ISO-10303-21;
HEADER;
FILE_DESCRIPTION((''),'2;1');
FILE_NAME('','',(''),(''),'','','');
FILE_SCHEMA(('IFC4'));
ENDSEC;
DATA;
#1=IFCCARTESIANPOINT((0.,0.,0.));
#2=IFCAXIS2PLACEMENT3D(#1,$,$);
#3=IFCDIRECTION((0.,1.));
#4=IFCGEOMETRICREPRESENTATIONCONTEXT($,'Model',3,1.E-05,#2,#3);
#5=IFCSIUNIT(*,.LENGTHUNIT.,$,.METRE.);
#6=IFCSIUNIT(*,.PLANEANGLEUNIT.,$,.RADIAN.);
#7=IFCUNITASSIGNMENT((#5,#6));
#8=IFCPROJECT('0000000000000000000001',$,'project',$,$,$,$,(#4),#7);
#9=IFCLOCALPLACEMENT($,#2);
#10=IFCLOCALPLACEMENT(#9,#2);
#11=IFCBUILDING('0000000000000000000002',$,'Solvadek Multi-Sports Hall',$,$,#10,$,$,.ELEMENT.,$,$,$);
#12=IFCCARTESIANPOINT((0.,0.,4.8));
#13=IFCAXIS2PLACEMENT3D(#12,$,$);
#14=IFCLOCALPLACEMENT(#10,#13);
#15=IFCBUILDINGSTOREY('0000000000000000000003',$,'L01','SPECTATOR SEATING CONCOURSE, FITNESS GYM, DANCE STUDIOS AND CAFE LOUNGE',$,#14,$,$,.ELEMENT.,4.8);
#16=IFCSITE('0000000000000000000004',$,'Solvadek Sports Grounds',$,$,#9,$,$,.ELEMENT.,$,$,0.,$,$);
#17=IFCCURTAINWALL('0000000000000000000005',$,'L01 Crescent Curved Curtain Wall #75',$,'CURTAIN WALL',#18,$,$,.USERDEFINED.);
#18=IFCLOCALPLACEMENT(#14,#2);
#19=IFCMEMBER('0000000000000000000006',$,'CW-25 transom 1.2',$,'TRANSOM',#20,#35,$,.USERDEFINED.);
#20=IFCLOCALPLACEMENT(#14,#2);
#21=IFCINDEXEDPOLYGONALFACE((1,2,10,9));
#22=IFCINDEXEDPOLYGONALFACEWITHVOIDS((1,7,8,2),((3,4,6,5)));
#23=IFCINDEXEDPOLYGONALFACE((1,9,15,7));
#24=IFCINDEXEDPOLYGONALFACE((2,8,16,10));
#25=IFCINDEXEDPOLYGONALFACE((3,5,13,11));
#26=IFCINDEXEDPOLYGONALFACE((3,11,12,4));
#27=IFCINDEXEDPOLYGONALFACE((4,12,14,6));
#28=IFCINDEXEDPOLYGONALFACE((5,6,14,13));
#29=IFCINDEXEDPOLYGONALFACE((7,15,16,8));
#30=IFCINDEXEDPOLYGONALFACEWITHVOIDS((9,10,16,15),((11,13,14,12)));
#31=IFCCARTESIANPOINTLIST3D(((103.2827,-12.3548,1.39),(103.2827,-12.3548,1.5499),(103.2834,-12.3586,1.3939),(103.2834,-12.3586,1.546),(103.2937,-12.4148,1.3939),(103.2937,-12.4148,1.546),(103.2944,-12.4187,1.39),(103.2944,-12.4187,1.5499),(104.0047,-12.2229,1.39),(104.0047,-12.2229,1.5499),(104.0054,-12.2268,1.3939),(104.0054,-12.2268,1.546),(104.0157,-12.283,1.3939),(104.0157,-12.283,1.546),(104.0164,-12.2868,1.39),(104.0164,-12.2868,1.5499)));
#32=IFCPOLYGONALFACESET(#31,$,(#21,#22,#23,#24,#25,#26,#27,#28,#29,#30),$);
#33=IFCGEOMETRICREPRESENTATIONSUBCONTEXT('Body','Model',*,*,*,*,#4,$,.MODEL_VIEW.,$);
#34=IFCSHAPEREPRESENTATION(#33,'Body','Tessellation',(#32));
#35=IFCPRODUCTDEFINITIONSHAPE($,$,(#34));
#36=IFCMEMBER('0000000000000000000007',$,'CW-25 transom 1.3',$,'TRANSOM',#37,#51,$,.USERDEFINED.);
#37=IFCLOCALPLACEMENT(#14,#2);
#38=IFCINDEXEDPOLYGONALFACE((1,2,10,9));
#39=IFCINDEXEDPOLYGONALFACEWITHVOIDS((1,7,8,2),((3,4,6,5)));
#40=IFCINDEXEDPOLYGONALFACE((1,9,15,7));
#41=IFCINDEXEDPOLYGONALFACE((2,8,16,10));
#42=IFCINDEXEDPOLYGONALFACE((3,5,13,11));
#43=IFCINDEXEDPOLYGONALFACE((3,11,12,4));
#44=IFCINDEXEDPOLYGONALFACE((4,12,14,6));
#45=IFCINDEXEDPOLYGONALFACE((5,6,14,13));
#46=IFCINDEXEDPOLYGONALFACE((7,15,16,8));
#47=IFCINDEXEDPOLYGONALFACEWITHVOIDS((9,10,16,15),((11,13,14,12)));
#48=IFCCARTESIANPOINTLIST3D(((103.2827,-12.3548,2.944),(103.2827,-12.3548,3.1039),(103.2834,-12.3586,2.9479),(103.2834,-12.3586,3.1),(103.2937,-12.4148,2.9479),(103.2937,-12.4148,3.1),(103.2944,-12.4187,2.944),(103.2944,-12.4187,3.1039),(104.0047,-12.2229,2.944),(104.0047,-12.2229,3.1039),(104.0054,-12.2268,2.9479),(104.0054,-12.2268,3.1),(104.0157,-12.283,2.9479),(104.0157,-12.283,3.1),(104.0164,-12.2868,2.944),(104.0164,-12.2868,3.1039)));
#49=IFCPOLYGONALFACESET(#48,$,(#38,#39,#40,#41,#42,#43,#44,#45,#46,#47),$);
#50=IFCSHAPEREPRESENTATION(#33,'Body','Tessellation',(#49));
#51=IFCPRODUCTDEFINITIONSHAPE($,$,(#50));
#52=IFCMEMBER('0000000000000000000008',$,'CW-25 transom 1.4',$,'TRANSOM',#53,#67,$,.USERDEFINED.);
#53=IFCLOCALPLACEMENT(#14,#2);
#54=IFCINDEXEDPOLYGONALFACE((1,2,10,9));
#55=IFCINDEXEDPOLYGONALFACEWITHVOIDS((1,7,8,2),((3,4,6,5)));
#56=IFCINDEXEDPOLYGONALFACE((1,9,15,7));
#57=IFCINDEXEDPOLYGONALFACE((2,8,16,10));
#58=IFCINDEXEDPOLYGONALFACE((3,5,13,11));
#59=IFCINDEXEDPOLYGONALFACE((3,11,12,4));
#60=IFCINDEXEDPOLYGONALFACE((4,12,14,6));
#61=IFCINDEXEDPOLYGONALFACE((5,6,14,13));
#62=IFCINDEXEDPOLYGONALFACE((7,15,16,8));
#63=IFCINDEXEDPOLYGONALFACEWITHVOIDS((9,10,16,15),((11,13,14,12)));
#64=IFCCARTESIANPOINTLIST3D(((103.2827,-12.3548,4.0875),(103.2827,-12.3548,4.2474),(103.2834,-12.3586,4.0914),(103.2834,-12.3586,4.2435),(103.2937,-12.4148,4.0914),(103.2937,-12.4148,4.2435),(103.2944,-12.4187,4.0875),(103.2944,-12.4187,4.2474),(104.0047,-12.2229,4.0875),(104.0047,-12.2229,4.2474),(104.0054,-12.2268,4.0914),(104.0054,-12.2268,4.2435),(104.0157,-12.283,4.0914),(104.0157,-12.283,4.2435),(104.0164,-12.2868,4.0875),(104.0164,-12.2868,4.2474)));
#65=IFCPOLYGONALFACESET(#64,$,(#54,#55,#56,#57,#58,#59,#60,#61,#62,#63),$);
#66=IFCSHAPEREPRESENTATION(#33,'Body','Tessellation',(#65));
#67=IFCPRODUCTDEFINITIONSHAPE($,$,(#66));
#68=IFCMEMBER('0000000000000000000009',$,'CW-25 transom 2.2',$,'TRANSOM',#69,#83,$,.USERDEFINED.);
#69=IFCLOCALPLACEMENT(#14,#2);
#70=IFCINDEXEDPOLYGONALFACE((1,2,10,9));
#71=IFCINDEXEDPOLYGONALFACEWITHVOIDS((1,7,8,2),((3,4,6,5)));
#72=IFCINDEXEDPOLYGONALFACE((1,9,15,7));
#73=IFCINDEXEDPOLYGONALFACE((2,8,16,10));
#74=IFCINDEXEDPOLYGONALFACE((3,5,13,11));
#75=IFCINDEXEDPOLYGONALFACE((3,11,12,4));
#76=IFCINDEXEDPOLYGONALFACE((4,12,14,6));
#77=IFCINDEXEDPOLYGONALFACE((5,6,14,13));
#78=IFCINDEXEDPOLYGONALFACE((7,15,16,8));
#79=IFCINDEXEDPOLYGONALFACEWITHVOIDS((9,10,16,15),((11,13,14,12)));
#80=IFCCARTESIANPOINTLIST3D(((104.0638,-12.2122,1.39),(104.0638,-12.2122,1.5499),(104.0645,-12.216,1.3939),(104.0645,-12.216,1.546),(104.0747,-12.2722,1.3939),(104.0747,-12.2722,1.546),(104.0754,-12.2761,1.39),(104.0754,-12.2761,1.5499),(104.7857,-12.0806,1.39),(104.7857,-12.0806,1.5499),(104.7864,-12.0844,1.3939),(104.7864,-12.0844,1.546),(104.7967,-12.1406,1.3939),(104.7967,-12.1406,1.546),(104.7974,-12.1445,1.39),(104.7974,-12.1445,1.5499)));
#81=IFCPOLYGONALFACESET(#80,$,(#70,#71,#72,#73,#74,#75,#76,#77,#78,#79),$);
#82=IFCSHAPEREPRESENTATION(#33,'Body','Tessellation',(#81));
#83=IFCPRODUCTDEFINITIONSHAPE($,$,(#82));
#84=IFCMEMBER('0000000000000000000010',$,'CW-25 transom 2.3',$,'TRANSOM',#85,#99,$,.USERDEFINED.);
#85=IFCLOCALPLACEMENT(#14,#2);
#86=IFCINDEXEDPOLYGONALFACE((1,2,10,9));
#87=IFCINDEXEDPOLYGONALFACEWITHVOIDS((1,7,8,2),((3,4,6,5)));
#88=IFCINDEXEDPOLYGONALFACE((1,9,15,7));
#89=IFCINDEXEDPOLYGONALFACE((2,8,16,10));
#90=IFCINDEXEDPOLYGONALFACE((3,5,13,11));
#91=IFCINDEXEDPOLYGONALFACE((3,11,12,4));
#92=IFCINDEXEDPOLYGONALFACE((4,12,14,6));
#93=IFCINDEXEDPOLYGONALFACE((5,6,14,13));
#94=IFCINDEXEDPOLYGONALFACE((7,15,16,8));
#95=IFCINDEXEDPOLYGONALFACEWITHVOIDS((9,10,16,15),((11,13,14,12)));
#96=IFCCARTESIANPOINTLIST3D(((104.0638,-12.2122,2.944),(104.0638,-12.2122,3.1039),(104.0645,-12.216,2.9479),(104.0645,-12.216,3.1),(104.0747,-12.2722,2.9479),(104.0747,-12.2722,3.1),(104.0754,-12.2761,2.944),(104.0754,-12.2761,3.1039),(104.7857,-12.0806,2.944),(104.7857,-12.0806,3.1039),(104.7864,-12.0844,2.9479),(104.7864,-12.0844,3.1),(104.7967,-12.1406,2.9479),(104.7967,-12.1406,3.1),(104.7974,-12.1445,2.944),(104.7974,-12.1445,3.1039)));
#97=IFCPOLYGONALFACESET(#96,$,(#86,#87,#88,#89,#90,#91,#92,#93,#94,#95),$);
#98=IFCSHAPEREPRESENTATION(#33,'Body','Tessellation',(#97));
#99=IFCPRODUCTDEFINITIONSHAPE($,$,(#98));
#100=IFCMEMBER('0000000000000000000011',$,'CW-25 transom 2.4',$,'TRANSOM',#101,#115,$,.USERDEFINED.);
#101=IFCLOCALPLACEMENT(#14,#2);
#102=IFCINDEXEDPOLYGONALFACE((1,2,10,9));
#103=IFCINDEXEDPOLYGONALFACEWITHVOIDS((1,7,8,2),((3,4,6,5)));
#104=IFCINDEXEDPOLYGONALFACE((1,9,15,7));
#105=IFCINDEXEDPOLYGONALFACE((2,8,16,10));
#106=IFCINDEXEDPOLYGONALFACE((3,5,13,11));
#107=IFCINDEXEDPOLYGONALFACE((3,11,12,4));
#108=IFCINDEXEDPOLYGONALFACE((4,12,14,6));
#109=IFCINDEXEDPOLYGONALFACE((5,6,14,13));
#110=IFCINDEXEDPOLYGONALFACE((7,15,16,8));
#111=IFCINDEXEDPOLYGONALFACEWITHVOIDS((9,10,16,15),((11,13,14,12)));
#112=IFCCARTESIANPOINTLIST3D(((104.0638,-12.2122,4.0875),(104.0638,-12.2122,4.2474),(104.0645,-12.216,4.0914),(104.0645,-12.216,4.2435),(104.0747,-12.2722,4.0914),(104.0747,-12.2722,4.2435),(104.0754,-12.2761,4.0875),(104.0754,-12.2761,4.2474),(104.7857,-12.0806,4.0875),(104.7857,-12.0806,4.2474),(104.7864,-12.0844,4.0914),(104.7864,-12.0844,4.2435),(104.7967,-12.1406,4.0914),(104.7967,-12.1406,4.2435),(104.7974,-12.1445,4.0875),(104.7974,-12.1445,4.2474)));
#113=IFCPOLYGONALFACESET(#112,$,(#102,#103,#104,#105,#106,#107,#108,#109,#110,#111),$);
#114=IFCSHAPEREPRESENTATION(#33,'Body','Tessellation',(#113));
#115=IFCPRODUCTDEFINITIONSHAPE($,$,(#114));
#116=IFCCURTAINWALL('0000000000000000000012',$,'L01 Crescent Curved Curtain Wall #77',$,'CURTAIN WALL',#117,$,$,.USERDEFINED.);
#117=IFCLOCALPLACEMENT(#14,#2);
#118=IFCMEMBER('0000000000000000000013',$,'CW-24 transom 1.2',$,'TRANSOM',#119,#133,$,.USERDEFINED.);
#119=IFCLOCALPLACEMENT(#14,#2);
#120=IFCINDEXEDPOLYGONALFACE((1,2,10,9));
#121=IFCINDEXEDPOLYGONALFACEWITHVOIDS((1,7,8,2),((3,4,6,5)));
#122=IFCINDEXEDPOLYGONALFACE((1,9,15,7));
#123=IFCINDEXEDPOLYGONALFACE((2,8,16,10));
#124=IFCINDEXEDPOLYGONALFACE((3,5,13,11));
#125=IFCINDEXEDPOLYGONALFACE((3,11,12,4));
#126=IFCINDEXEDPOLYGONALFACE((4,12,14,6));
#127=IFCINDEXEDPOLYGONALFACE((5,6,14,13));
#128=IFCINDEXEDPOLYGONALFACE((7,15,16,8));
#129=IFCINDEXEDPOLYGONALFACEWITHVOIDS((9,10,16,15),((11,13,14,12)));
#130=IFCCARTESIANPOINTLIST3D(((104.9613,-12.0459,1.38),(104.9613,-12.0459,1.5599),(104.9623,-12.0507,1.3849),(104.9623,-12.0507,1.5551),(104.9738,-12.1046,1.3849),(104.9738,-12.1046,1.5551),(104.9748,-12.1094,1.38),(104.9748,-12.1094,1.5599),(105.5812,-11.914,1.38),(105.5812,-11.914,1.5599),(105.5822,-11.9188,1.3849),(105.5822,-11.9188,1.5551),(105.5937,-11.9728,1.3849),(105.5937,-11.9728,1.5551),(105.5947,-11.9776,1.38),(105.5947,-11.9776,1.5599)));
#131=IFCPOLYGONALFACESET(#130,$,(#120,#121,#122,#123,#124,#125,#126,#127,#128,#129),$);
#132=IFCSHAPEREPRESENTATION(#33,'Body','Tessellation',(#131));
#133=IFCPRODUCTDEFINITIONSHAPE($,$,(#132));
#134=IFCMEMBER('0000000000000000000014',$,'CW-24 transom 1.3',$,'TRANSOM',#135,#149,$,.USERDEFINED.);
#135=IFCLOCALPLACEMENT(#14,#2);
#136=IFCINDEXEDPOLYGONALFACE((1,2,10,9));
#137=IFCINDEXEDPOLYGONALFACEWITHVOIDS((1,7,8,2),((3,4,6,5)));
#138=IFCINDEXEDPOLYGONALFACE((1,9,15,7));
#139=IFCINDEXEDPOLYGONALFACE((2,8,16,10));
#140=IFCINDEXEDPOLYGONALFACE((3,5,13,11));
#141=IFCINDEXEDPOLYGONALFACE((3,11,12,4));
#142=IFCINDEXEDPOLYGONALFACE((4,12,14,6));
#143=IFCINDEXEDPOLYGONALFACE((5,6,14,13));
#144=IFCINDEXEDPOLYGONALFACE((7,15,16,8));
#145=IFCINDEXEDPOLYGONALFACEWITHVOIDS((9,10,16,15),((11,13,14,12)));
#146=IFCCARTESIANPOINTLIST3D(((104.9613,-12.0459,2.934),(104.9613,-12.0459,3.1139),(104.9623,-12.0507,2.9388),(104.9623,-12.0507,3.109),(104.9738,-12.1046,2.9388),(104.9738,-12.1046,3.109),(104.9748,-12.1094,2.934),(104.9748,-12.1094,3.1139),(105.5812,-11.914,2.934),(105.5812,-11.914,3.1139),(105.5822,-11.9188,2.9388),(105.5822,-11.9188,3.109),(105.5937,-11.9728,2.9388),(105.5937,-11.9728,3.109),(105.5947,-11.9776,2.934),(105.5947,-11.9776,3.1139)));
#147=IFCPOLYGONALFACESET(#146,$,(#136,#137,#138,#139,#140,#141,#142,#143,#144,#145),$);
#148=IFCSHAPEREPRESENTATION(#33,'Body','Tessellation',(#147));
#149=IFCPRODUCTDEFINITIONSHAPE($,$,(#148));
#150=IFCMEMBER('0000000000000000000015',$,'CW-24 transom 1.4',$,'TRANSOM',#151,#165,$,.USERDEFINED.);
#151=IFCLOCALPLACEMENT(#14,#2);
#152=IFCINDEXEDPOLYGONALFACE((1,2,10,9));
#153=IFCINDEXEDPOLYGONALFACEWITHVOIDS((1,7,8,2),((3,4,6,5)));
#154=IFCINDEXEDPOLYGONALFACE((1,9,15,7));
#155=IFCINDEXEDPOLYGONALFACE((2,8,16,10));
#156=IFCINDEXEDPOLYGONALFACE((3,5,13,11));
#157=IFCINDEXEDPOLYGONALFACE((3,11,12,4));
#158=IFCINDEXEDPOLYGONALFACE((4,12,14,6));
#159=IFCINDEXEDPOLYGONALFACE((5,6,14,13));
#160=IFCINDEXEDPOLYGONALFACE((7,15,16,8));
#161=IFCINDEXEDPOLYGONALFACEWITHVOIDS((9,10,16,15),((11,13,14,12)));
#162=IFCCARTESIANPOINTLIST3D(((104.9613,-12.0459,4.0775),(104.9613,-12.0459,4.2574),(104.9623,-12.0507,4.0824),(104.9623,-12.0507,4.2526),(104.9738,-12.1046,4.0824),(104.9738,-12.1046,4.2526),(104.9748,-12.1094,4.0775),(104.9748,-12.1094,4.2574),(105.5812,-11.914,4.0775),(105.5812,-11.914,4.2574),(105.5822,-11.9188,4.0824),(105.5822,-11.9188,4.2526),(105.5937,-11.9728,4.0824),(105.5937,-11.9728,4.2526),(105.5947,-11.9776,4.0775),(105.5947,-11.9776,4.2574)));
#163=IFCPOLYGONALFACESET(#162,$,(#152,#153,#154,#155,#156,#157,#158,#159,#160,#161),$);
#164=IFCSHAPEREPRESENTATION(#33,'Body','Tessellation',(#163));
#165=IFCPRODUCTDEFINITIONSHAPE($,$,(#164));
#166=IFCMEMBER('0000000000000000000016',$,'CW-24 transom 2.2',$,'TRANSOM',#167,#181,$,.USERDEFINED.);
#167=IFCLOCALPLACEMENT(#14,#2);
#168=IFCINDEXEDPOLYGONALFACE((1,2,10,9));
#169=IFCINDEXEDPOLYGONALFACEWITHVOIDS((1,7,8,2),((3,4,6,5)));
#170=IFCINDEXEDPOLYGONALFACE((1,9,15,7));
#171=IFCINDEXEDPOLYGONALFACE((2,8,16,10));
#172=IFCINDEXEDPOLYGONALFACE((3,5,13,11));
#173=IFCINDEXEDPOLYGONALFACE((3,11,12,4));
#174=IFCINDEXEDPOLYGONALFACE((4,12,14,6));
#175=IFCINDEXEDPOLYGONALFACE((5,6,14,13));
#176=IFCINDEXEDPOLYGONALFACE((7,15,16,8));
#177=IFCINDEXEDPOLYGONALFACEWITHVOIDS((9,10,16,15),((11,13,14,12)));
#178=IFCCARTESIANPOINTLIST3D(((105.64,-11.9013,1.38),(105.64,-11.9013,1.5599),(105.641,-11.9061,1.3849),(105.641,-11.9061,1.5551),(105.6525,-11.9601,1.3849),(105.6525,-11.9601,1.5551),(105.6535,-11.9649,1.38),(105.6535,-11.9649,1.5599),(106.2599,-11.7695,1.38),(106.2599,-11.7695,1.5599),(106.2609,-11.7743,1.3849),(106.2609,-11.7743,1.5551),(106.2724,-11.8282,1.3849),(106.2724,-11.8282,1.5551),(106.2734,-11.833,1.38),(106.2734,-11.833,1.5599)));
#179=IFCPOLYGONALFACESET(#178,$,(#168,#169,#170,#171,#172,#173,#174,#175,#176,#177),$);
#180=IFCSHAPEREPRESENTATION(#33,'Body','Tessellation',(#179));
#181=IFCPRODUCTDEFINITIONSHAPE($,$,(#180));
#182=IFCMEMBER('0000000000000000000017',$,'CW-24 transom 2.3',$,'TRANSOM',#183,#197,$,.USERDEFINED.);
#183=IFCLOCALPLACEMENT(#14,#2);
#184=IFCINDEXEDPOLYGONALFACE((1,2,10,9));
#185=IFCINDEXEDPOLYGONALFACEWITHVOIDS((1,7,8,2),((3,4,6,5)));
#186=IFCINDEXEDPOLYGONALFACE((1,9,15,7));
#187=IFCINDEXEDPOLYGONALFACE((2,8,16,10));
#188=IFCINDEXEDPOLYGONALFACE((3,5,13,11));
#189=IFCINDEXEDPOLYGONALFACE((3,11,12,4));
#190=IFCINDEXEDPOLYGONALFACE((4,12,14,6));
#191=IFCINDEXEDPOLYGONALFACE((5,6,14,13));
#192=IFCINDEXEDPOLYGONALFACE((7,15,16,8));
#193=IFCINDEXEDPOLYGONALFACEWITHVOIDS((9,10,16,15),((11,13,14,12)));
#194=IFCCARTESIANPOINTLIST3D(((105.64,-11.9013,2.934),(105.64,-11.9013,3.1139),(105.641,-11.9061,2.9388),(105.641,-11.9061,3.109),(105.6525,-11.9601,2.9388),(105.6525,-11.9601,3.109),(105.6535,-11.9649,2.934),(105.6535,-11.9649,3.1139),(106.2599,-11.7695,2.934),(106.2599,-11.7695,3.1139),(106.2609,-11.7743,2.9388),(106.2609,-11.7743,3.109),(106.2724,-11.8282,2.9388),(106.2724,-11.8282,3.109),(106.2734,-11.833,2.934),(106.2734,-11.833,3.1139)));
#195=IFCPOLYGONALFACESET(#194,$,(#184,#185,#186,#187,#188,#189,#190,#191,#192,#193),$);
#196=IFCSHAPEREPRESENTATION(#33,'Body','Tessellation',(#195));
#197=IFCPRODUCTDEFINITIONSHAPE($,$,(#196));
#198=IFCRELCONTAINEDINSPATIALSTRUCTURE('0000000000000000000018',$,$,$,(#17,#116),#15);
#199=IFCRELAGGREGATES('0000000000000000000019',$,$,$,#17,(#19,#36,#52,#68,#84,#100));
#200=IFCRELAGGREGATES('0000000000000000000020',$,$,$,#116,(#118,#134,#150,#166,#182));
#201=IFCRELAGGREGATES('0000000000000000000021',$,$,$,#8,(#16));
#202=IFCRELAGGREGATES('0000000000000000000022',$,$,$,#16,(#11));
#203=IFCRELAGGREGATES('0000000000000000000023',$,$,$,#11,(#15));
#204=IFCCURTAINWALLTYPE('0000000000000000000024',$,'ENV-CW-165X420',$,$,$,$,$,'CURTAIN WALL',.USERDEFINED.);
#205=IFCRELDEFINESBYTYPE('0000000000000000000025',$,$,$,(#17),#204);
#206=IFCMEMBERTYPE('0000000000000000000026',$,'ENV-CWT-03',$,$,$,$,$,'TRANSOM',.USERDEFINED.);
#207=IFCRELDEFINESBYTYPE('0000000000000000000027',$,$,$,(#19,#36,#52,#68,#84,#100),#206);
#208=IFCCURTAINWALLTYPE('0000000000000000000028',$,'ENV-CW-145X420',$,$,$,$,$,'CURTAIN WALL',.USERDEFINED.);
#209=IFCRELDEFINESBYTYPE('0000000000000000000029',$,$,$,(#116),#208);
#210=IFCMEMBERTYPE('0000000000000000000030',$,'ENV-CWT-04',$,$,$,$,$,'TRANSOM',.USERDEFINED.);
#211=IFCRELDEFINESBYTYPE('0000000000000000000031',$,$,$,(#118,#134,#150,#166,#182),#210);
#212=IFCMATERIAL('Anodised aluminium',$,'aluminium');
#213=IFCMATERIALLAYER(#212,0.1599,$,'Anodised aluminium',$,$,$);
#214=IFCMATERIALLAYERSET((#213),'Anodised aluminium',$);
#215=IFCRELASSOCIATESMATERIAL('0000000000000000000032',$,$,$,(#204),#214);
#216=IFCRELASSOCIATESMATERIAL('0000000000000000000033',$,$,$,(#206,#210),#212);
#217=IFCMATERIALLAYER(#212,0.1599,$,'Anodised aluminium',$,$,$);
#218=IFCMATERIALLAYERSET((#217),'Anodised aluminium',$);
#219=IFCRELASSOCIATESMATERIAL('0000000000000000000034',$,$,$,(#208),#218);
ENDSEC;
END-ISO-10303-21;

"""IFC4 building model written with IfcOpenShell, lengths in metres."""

from ifc_helpers import new_model, si_unit, direction, frame, origin, origin_2d, place, context, subcontext, project, spatial, hollow_rectangle, extrude, material, layer, layer_set, material_profile, profile_set, type_object, element, aggregate, save


model = new_model("IFC4")

# Units and contexts
model_context = context("Model", 3, precision=1e-05, world=origin(), true_north=direction((0.0, 1.0)))
body_context = subcontext(model_context, "Body", "Model", "MODEL_VIEW")
ifc_project = project(units=[si_unit("LENGTHUNIT", "METRE"), si_unit("PLANEANGLEUNIT", "RADIAN")], contexts=[model_context])

# Site, building, storey
site_placement = place(None, origin())
site = spatial("IfcSite", under=ifc_project, at=site_placement, Name="Solvadek Sports Grounds", CompositionType="ELEMENT", RefElevation=0.0)
building_placement = place(site_placement, origin())
building = spatial("IfcBuilding", under=site, at=building_placement, Name="Solvadek Multi-Sports Hall", CompositionType="ELEMENT")
storey_placement = place(building_placement, frame((0.0, 0.0, 4.8)))
storey = spatial("IfcBuildingStorey", under=building, at=storey_placement, Name="L01", Description="SPECTATOR SEATING CONCOURSE, FITNESS GYM, DANCE STUDIOS AND CAFE LOUNGE", CompositionType="ELEMENT", Elevation=4.8)

# Curtain walls, members
ifc_material_1 = material(Name="Anodised aluminium", Category="aluminium")
ifc_layer_1 = layer(ifc_material_1, 0.1599, Name="Anodised aluminium")
ifc_layer_set_1 = layer_set([ifc_layer_1], Name="Anodised aluminium")
curtain_wall_type_1 = type_object("IfcCurtainWallType", Name="ENV-CW-165X420", ElementType="CURTAIN WALL", PredefinedType="USERDEFINED", material=ifc_layer_set_1)
curtain_wall_1_placement = place(storey_placement, origin())
curtain_wall_1 = element("IfcCurtainWall", 1, at=curtain_wall_1_placement, inside=storey, type_object=curtain_wall_type_1, Name="L01 Crescent Curved Curtain Wall #75", ObjectType="CURTAIN WALL", PredefinedType="USERDEFINED")
ifc_material_profile_1 = material_profile(ifc_material_1, hollow_rectangle(XDim=0.0649, YDim=0.1599, WallThickness=0.0039, at=origin_2d()), Name="ALU-T 160x65x4")
ifc_profile_set_1 = profile_set([ifc_material_profile_1], Name="Anodised aluminium")
member_type_1 = type_object("IfcMemberType", Name="ENV-CWT-03", ElementType="TRANSOM", PredefinedType="USERDEFINED", material=ifc_profile_set_1)
member_1_placement = place(storey_placement, frame((103.2886, -12.3867, 1.47), z_axis=(0.983731, 0.179647, 0.0), x_axis=(-0.179647, 0.983731, 0.0)))
member_1 = element("IfcMember", 2, at=member_1_placement, type_object=member_type_1, Name="CW-25 transom 1.2", ObjectType="TRANSOM", PredefinedType="USERDEFINED", context=body_context, shape_type="SweptSolid", body=[
    extrude(hollow_rectangle(XDim=0.0649, YDim=0.1599, WallThickness=0.0039, at=origin_2d()), origin(), (0.0, 0.0, 1.0), 0.7339),
])
member_2_placement = place(storey_placement, frame((103.2886, -12.3867, 3.0239), z_axis=(0.983731, 0.179647, 0.0), x_axis=(-0.179647, 0.983731, 0.0)))
member_2 = element("IfcMember", 3, at=member_2_placement, type_object=member_type_1, Name="CW-25 transom 1.3", ObjectType="TRANSOM", PredefinedType="USERDEFINED", context=body_context, shape_type="SweptSolid", body=[
    extrude(hollow_rectangle(XDim=0.0649, YDim=0.1599, WallThickness=0.0039, at=origin_2d()), origin(), (0.0, 0.0, 1.0), 0.7339),
])
member_3_placement = place(storey_placement, frame((103.2886, -12.3867, 4.1675), z_axis=(0.983731, 0.179647, 0.0), x_axis=(-0.179647, 0.983731, 0.0)))
member_3 = element("IfcMember", 4, at=member_3_placement, type_object=member_type_1, Name="CW-25 transom 1.4", ObjectType="TRANSOM", PredefinedType="USERDEFINED", context=body_context, shape_type="SweptSolid", body=[
    extrude(hollow_rectangle(XDim=0.0649, YDim=0.1599, WallThickness=0.0039, at=origin_2d()), origin(), (0.0, 0.0, 1.0), 0.7339),
])
member_4_placement = place(storey_placement, frame((104.0696, -12.2441, 1.47), z_axis=(0.98379, 0.179325, 0.0), x_axis=(-0.179325, 0.98379, 0.0)))
member_4 = element("IfcMember", 5, at=member_4_placement, type_object=member_type_1, Name="CW-25 transom 2.2", ObjectType="TRANSOM", PredefinedType="USERDEFINED", context=body_context, shape_type="SweptSolid", body=[
    extrude(hollow_rectangle(XDim=0.0649, YDim=0.1599, WallThickness=0.0039, at=origin_2d()), origin(), (0.0, 0.0, 1.0), 0.7339),
])
member_5_placement = place(storey_placement, frame((104.0696, -12.2441, 3.0239), z_axis=(0.98379, 0.179325, 0.0), x_axis=(-0.179325, 0.98379, 0.0)))
member_5 = element("IfcMember", 6, at=member_5_placement, type_object=member_type_1, Name="CW-25 transom 2.3", ObjectType="TRANSOM", PredefinedType="USERDEFINED", context=body_context, shape_type="SweptSolid", body=[
    extrude(hollow_rectangle(XDim=0.0649, YDim=0.1599, WallThickness=0.0039, at=origin_2d()), origin(), (0.0, 0.0, 1.0), 0.7339),
])
member_6_placement = place(storey_placement, frame((104.0696, -12.2441, 4.1675), z_axis=(0.98379, 0.179325, 0.0), x_axis=(-0.179325, 0.98379, 0.0)))
member_6 = element("IfcMember", 7, at=member_6_placement, type_object=member_type_1, Name="CW-25 transom 2.4", ObjectType="TRANSOM", PredefinedType="USERDEFINED", context=body_context, shape_type="SweptSolid", body=[
    extrude(hollow_rectangle(XDim=0.0649, YDim=0.1599, WallThickness=0.0039, at=origin_2d()), origin(), (0.0, 0.0, 1.0), 0.7339),
])
ifc_layer_2 = layer(ifc_material_1, 0.1599, Name="Anodised aluminium")
ifc_layer_set_2 = layer_set([ifc_layer_2], Name="Anodised aluminium")
curtain_wall_type_2 = type_object("IfcCurtainWallType", Name="ENV-CW-145X420", ElementType="CURTAIN WALL", PredefinedType="USERDEFINED", material=ifc_layer_set_2)
curtain_wall_2_placement = place(storey_placement, origin())
curtain_wall_2 = element("IfcCurtainWall", 8, at=curtain_wall_2_placement, inside=storey, type_object=curtain_wall_type_2, Name="L01 Crescent Curved Curtain Wall #77", ObjectType="CURTAIN WALL", PredefinedType="USERDEFINED")
ifc_material_profile_2 = material_profile(ifc_material_1, hollow_rectangle(XDim=0.0649, YDim=0.1799, WallThickness=0.0049, at=origin_2d()), Name="ALU-T 180x65x5")
ifc_profile_set_2 = profile_set([ifc_material_profile_2], Name="Anodised aluminium")
member_type_2 = type_object("IfcMemberType", Name="ENV-CWT-04", ElementType="TRANSOM", PredefinedType="USERDEFINED", material=ifc_profile_set_2)
member_7_placement = place(storey_placement, frame((104.968, -12.0776, 1.47), z_axis=(0.978123, 0.208029, 0.0), x_axis=(-0.208029, 0.978123, 0.0)))
member_7 = element("IfcMember", 9, at=member_7_placement, type_object=member_type_2, Name="CW-24 transom 1.2", ObjectType="TRANSOM", PredefinedType="USERDEFINED", context=body_context, shape_type="SweptSolid", body=[
    extrude(hollow_rectangle(XDim=0.0649, YDim=0.1799, WallThickness=0.0049, at=origin_2d()), origin(), (0.0, 0.0, 1.0), 0.6338),
])
member_8_placement = place(storey_placement, frame((104.968, -12.0776, 3.0239), z_axis=(0.978123, 0.208029, 0.0), x_axis=(-0.208029, 0.978123, 0.0)))
member_8 = element("IfcMember", 10, at=member_8_placement, type_object=member_type_2, Name="CW-24 transom 1.3", ObjectType="TRANSOM", PredefinedType="USERDEFINED", context=body_context, shape_type="SweptSolid", body=[
    extrude(hollow_rectangle(XDim=0.0649, YDim=0.1799, WallThickness=0.0049, at=origin_2d()), origin(), (0.0, 0.0, 1.0), 0.6338),
])
member_9_placement = place(storey_placement, frame((104.968, -12.0776, 4.1675), z_axis=(0.978123, 0.208029, 0.0), x_axis=(-0.208029, 0.978123, 0.0)))
member_9 = element("IfcMember", 11, at=member_9_placement, type_object=member_type_2, Name="CW-24 transom 1.4", ObjectType="TRANSOM", PredefinedType="USERDEFINED", context=body_context, shape_type="SweptSolid", body=[
    extrude(hollow_rectangle(XDim=0.0649, YDim=0.1799, WallThickness=0.0049, at=origin_2d()), origin(), (0.0, 0.0, 1.0), 0.6338),
])
member_10_placement = place(storey_placement, frame((105.6467, -11.9331, 1.47), z_axis=(0.978123, 0.208029, 0.0), x_axis=(-0.208029, 0.978123, 0.0)))
member_10 = element("IfcMember", 12, at=member_10_placement, type_object=member_type_2, Name="CW-24 transom 2.2", ObjectType="TRANSOM", PredefinedType="USERDEFINED", context=body_context, shape_type="SweptSolid", body=[
    extrude(hollow_rectangle(XDim=0.0649, YDim=0.1799, WallThickness=0.0049, at=origin_2d()), origin(), (0.0, 0.0, 1.0), 0.6338),
])
member_11_placement = place(storey_placement, frame((105.6467, -11.9331, 3.0239), z_axis=(0.978123, 0.208029, 0.0), x_axis=(-0.208029, 0.978123, 0.0)))
member_11 = element("IfcMember", 13, at=member_11_placement, type_object=member_type_2, Name="CW-24 transom 2.3", ObjectType="TRANSOM", PredefinedType="USERDEFINED", context=body_context, shape_type="SweptSolid", body=[
    extrude(hollow_rectangle(XDim=0.0649, YDim=0.1799, WallThickness=0.0049, at=origin_2d()), origin(), (0.0, 0.0, 1.0), 0.6338),
])

aggregate(curtain_wall_1, [member_1, member_2, member_3, member_4, member_5, member_6])
aggregate(curtain_wall_2, [member_7, member_8, member_9, member_10, member_11])

save(model, "model.ifc")
